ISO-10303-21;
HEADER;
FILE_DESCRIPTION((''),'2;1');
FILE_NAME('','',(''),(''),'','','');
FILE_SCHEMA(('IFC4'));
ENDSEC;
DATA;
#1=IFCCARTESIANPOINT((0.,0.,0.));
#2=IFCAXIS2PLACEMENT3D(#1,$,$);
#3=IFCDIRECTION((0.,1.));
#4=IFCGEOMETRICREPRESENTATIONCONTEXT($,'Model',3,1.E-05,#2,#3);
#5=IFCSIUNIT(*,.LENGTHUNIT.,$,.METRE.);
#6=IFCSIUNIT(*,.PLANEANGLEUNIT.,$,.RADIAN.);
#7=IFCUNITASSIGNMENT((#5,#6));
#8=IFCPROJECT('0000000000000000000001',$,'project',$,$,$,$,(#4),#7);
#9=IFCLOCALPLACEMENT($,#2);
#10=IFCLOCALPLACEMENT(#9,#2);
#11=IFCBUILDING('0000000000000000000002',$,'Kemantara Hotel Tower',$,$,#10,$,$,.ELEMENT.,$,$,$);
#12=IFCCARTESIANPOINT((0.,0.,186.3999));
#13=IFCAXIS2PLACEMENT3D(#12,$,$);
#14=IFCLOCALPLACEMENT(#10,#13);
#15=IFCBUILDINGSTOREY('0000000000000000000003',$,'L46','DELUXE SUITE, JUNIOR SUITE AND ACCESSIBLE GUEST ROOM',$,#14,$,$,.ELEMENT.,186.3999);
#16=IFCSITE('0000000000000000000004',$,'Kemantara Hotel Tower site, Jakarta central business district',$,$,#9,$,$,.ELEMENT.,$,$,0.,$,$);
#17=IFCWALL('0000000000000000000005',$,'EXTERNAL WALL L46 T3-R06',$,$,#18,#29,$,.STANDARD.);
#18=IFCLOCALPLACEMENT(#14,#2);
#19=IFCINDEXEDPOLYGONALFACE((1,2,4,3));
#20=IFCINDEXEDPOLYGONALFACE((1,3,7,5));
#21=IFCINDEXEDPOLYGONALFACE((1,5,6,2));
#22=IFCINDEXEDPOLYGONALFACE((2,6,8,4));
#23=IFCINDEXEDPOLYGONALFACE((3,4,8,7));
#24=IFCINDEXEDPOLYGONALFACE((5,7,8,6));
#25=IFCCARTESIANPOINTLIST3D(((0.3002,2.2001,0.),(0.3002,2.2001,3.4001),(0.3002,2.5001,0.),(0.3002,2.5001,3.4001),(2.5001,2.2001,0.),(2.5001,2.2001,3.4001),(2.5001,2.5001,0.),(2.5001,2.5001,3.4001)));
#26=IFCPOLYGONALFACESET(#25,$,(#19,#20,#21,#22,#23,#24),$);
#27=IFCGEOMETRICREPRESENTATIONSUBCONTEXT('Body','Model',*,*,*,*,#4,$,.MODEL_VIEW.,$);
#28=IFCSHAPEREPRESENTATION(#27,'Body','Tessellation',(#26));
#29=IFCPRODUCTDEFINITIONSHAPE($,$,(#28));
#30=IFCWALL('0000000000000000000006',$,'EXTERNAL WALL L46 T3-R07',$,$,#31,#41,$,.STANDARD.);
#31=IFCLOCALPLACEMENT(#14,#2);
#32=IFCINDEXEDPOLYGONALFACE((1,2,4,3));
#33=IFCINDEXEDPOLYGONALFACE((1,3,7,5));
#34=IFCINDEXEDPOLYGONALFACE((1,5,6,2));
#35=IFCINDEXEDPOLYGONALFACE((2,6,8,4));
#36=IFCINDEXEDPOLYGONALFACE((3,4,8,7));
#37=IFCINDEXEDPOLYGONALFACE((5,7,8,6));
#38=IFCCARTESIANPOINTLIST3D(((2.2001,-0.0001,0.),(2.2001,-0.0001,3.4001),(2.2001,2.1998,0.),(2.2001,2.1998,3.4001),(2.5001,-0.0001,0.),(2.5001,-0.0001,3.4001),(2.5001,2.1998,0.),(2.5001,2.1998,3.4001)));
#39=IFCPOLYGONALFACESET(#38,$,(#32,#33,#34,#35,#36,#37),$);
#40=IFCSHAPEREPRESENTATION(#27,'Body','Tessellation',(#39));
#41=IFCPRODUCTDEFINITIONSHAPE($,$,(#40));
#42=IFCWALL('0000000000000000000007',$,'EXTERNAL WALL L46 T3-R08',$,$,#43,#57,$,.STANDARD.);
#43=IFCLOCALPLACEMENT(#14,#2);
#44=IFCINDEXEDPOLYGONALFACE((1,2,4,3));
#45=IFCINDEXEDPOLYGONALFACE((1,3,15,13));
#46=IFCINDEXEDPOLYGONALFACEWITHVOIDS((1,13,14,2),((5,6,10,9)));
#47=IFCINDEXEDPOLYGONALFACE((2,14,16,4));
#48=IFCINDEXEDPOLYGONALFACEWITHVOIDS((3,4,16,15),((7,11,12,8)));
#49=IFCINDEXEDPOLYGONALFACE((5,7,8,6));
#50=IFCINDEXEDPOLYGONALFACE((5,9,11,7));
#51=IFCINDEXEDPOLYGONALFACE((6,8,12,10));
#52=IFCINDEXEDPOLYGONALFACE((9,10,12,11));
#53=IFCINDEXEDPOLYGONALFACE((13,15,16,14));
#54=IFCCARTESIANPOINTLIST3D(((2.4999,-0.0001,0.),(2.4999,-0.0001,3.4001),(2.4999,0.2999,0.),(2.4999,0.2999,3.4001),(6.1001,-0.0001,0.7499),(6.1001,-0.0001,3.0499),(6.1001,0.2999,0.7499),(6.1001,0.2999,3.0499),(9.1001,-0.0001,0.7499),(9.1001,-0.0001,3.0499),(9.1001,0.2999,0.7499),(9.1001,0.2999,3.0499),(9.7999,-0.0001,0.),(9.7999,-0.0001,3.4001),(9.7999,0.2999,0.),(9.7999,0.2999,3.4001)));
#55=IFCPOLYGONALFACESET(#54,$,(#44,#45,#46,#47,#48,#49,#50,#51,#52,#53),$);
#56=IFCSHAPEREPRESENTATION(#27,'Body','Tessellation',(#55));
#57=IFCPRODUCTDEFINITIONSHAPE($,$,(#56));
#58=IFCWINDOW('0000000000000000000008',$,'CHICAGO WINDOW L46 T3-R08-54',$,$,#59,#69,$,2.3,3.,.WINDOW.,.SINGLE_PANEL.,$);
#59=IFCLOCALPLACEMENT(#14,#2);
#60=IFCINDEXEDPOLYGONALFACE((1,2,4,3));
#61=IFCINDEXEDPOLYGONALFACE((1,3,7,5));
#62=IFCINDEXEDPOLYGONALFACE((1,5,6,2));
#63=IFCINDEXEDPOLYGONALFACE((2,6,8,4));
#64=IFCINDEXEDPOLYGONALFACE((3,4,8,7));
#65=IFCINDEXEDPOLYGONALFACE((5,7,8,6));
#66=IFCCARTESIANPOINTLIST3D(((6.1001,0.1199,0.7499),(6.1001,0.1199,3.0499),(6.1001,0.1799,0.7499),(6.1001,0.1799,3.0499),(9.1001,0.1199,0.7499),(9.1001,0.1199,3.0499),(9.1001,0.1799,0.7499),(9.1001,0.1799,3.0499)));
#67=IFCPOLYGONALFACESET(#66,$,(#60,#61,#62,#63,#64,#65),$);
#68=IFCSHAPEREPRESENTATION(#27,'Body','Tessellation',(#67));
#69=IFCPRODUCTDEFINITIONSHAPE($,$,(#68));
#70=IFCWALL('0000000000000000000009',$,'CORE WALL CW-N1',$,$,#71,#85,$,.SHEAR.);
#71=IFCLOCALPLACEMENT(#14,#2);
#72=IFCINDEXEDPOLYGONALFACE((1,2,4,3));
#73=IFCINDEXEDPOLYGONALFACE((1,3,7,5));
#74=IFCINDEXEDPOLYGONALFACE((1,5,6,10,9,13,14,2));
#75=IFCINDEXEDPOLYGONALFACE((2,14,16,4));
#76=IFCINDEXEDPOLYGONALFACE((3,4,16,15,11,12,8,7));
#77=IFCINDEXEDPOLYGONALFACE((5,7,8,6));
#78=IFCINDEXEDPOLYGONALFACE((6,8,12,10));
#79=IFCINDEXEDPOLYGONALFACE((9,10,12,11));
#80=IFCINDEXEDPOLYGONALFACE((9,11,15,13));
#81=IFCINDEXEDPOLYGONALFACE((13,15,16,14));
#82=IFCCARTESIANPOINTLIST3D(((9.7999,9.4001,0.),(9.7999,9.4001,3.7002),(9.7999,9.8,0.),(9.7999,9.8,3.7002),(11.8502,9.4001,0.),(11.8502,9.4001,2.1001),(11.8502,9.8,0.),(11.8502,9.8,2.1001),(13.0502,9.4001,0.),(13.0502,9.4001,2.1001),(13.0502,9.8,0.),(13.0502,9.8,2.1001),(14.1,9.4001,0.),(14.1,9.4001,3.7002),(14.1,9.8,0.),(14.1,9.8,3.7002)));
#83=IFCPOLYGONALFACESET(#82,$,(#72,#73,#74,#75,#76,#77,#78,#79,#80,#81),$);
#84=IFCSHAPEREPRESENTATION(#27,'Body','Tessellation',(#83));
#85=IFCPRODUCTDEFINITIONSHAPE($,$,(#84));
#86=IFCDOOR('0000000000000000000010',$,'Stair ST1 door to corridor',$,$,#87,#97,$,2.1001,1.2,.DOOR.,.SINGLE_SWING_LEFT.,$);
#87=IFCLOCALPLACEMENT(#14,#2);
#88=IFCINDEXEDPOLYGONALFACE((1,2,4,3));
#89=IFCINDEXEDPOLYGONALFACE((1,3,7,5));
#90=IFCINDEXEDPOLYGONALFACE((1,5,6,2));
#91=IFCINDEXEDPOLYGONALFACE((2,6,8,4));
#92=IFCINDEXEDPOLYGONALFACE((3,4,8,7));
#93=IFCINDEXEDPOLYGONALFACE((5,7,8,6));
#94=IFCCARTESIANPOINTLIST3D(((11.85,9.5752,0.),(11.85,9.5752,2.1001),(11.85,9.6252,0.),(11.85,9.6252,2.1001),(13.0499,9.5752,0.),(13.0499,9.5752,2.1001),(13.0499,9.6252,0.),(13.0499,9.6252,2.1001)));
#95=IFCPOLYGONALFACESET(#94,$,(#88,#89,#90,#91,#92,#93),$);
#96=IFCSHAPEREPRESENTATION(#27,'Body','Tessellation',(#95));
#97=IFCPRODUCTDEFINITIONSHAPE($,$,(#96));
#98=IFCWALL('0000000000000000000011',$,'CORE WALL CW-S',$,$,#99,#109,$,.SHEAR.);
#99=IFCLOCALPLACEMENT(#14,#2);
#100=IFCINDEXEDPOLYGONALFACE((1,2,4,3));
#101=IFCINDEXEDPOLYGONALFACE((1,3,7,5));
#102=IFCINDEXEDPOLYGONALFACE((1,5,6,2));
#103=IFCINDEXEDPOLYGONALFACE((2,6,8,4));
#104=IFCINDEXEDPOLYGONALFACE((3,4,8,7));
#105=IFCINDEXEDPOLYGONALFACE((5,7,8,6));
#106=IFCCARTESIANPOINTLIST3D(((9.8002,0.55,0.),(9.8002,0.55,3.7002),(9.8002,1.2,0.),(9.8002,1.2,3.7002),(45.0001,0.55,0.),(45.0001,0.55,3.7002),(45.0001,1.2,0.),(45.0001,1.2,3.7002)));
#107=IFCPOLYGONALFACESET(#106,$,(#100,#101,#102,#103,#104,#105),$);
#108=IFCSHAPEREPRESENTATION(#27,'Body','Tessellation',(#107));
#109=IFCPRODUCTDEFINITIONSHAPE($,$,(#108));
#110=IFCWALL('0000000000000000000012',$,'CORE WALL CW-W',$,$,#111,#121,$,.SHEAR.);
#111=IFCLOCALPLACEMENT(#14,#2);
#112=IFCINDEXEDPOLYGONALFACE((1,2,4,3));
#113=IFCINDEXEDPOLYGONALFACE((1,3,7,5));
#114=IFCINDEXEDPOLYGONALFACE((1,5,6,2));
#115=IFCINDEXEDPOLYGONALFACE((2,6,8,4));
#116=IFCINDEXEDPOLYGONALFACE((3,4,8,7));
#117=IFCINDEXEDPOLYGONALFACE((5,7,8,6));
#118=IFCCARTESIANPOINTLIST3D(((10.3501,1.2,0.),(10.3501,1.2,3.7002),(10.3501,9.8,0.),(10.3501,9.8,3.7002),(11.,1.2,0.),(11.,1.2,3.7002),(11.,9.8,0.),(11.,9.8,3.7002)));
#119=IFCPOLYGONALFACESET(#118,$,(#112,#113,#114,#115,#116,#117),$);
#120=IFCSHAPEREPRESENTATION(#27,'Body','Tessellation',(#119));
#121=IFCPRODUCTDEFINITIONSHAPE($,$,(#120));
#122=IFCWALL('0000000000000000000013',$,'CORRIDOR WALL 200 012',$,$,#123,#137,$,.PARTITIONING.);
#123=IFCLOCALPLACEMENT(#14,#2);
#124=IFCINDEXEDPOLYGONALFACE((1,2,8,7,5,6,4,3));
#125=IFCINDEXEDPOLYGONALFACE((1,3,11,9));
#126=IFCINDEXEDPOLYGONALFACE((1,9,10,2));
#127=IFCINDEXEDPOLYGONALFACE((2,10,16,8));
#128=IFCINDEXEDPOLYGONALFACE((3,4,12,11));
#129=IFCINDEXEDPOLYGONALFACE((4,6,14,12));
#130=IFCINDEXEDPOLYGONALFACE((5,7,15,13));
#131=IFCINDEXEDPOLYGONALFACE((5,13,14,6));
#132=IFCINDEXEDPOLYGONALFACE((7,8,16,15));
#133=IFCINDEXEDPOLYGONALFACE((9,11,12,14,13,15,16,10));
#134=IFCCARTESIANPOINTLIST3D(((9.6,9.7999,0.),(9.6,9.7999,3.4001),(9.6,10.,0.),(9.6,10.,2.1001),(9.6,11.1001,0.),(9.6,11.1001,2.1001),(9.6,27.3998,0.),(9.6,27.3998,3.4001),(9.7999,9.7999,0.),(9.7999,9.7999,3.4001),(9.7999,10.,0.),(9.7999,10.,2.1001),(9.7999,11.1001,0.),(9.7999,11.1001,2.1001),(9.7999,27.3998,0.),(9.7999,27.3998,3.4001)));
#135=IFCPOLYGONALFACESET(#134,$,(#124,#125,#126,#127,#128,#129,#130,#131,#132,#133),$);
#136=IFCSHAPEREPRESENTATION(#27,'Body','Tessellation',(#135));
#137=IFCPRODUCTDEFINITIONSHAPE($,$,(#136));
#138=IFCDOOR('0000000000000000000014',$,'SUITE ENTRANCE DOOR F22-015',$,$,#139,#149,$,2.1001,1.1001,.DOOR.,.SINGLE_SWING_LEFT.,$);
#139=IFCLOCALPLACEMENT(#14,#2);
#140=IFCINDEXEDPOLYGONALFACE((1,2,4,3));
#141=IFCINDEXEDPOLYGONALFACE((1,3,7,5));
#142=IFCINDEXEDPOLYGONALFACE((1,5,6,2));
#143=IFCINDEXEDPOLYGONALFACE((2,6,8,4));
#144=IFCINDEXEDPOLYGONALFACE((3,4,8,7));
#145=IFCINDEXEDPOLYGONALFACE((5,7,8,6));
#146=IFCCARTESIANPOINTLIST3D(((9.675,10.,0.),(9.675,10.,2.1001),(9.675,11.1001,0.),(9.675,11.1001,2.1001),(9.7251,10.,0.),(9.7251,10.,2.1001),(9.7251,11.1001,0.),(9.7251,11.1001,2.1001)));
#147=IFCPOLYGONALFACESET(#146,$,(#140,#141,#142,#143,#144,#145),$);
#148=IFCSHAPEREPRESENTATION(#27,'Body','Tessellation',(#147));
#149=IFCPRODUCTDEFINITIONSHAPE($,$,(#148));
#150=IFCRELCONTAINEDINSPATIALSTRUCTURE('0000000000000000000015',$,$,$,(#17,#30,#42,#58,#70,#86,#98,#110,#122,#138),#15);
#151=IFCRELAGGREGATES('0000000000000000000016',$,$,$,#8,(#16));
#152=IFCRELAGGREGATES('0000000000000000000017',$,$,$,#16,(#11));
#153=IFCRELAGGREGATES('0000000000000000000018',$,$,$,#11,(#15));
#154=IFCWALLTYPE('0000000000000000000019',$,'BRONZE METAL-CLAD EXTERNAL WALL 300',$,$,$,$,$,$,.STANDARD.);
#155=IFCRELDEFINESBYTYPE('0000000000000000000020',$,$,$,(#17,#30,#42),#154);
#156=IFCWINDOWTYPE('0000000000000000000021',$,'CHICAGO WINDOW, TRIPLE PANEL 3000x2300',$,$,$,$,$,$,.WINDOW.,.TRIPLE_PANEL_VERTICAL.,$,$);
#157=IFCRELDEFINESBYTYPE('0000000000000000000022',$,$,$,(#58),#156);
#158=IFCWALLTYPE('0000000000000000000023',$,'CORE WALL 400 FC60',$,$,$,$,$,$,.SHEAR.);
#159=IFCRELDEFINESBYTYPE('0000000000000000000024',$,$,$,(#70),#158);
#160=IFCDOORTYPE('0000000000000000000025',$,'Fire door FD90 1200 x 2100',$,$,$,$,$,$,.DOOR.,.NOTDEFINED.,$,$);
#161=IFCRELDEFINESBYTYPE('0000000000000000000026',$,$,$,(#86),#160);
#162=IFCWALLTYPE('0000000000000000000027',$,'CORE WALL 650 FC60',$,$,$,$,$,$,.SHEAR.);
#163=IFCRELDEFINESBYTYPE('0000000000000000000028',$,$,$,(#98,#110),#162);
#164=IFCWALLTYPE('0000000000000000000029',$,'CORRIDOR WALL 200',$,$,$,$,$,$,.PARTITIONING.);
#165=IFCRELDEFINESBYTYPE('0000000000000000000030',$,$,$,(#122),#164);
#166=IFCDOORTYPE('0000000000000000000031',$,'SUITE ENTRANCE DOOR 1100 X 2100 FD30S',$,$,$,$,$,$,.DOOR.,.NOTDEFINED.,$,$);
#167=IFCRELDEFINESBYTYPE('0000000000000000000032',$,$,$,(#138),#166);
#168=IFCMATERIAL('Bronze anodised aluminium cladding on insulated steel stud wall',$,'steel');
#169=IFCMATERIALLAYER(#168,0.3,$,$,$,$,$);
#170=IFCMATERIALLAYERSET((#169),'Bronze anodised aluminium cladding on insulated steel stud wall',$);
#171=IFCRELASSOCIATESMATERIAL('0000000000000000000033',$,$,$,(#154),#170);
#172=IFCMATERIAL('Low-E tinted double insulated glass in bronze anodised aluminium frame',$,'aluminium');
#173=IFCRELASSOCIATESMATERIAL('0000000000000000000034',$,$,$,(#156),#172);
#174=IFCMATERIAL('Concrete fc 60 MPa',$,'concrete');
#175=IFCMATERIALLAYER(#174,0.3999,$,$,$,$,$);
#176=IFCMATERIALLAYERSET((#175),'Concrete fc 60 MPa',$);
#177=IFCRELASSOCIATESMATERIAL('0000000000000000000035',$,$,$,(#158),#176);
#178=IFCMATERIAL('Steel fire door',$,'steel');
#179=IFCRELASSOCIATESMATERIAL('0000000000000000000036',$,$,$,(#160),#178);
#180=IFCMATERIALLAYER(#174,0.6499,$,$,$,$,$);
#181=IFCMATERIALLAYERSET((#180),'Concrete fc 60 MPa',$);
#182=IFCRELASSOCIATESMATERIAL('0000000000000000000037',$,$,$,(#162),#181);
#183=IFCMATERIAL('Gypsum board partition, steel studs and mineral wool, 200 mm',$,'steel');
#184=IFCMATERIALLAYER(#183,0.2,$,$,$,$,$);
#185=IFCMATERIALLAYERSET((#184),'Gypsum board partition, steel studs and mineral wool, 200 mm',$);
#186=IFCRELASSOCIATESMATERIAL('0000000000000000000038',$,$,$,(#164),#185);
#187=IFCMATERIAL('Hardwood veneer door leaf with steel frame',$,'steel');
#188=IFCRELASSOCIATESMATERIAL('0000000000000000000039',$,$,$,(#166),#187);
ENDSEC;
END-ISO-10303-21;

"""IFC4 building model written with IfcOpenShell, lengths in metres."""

from ifc_helpers import new_model, si_unit, direction, frame, frame_2d, origin, place, context, subcontext, project, spatial, rectangle, extrude, material, layer, layer_set, type_object, element, fill, save


model = new_model("IFC4")

# Units and contexts
model_context = context("Model", 3, precision=1e-05, world=origin(), true_north=direction((0.0, 1.0)))
body_context = subcontext(model_context, "Body", "Model", "MODEL_VIEW")
ifc_project = project(units=[si_unit("LENGTHUNIT", "METRE"), si_unit("PLANEANGLEUNIT", "RADIAN")], contexts=[model_context])

# Site, building, storey
site_placement = place(None, origin())
site = spatial("IfcSite", under=ifc_project, at=site_placement, Name="Kemantara Hotel Tower site, Jakarta central business district", CompositionType="ELEMENT", RefElevation=0.0)
building_placement = place(site_placement, origin())
building = spatial("IfcBuilding", under=site, at=building_placement, Name="Kemantara Hotel Tower", CompositionType="ELEMENT")
storey_placement = place(building_placement, frame((0.0, 0.0, 186.3999)))
storey = spatial("IfcBuildingStorey", under=building, at=storey_placement, Name="L46", Description="DELUXE SUITE, JUNIOR SUITE AND ACCESSIBLE GUEST ROOM", CompositionType="ELEMENT", Elevation=186.3999)

# Shared definitions
ifc_material_1 = material(Name="Concrete fc 60 MPa", Category="concrete")

# Walls
ifc_material_2 = material(Name="Bronze anodised aluminium cladding on insulated steel stud wall", Category="steel")
ifc_layer_1 = layer(ifc_material_2, 0.3)
ifc_layer_set_1 = layer_set([ifc_layer_1], Name="Bronze anodised aluminium cladding on insulated steel stud wall")
wall_type_1 = type_object("IfcWallType", Name="BRONZE METAL-CLAD EXTERNAL WALL 300", PredefinedType="STANDARD", material=ifc_layer_set_1)
for number, where, z_axis, x_axis, name in (
    (1, (0.3, 2.3501, 0.0), (0.0, 0.0, 1.0), (1.0, 0.0, 0.0), "EXTERNAL WALL L46 T3-R06"),
    (2, (2.3501, 2.2, 0.0), (0.0, 0.0, 1.0), (0.0, -1.0, 0.0), "EXTERNAL WALL L46 T3-R07"),
):
    element("IfcWall", number, at=place(storey_placement, frame(where, z_axis=z_axis, x_axis=x_axis)), inside=storey, type_object=wall_type_1, Name=name, PredefinedType="STANDARD", context=body_context, shape_type="SweptSolid", body=[
        extrude(rectangle(XDim=2.2, YDim=0.3, at=frame_2d((1.1001, 0.0))), origin(), (0.0, 0.0, 1.0), 3.4001),
    ])

# Wall, opening, window
wall_1_placement = place(storey_placement, frame((2.5, 0.1499, 0.0), z_axis=(0.0, 0.0, 1.0), x_axis=(1.0, 0.0, 0.0)))
wall_1 = element("IfcWall", 3, at=wall_1_placement, inside=storey, type_object=wall_type_1, Name="EXTERNAL WALL L46 T3-R08", PredefinedType="STANDARD", context=body_context, shape_type="SweptSolid", body=[
    extrude(rectangle(XDim=7.3, YDim=0.3, at=frame_2d((3.6499, 0.0))), origin(), (0.0, 0.0, 1.0), 3.4001),
])
opening_1_placement = place(wall_1_placement, frame((3.6001, 0.0, 0.75)))
opening_1 = element("IfcOpeningElement", 4, at=opening_1_placement, cuts=wall_1, PredefinedType="OPENING", context=body_context, shape_type="SweptSolid", body=[
    extrude(rectangle(XDim=3.0, YDim=2.3, at=frame_2d((1.5, 1.1499))), frame((0.0, 0.1599, 0.0), z_axis=(0.0, -1.0, 0.0), x_axis=(1.0, 0.0, 0.0)), (0.0, 0.0, 1.0), 0.3201),
])
ifc_material_3 = material(Name="Low-E tinted double insulated glass in bronze anodised aluminium frame", Category="aluminium")
window_type = type_object("IfcWindowType", Name="CHICAGO WINDOW, TRIPLE PANEL 3000x2300", PartitioningType="TRIPLE_PANEL_VERTICAL", PredefinedType="WINDOW", material=ifc_material_3)
window_placement = place(opening_1_placement, origin())
window = element("IfcWindow", 5, at=window_placement, inside=storey, type_object=window_type, Name="CHICAGO WINDOW L46 T3-R08-54", OverallHeight=2.3, OverallWidth=3.0, PartitioningType="SINGLE_PANEL", PredefinedType="WINDOW", context=body_context, shape_type="SweptSolid", body=[
    extrude(rectangle(XDim=3.0, YDim=2.3, at=frame_2d((1.5, 1.1499))), frame((0.0, 0.03, 0.0), z_axis=(0.0, -1.0, 0.0), x_axis=(1.0, 0.0, 0.0)), (0.0, 0.0, 1.0), 0.0601),
])
fill(opening_1, window)

# Wall, opening, door
ifc_layer_2 = layer(ifc_material_1, 0.3999)
ifc_layer_set_2 = layer_set([ifc_layer_2], Name="Concrete fc 60 MPa")
wall_type_2 = type_object("IfcWallType", Name="CORE WALL 400 FC60", PredefinedType="SHEAR", material=ifc_layer_set_2)
wall_2_placement = place(storey_placement, frame((9.8, 9.6001, 0.0), z_axis=(0.0, 0.0, 1.0), x_axis=(1.0, 0.0, 0.0)))
wall_2 = element("IfcWall", 6, at=wall_2_placement, inside=storey, type_object=wall_type_2, Name="CORE WALL CW-N1", PredefinedType="SHEAR", context=body_context, shape_type="SweptSolid", body=[
    extrude(rectangle(XDim=4.3, YDim=0.3999, at=frame_2d((2.1499, 0.0))), origin(), (0.0, 0.0, 1.0), 3.7002),
])
opening_2_placement = place(wall_2_placement, frame((2.05, 0.0, 0.0)))
opening_2 = element("IfcOpeningElement", 7, at=opening_2_placement, cuts=wall_2, PredefinedType="OPENING", context=body_context, shape_type="SweptSolid", body=[
    extrude(rectangle(XDim=1.2, YDim=2.1001, at=frame_2d((0.6001, 1.05))), frame((0.0, 0.21, 0.0), z_axis=(0.0, -1.0, 0.0), x_axis=(1.0, 0.0, 0.0)), (0.0, 0.0, 1.0), 0.4199),
])
ifc_material_4 = material(Name="Steel fire door", Category="steel")
door_type_1 = type_object("IfcDoorType", Name="Fire door FD90 1200 x 2100", OperationType="NOTDEFINED", PredefinedType="DOOR", material=ifc_material_4)
door_1_placement = place(opening_2_placement, frame((1.2, 0.0, 0.0), z_axis=(0.0, 0.0, 1.0), x_axis=(-1.0, 0.0, 0.0)))
door_1 = element("IfcDoor", 8, at=door_1_placement, inside=storey, type_object=door_type_1, Name="Stair ST1 door to corridor", OperationType="SINGLE_SWING_LEFT", OverallHeight=2.1001, OverallWidth=1.2, PredefinedType="DOOR", context=body_context, shape_type="SweptSolid", body=[
    extrude(rectangle(XDim=1.2, YDim=2.1001, at=frame_2d((0.6001, 1.05))), frame((0.0, 0.0249, 0.0), z_axis=(0.0, -1.0, 0.0), x_axis=(1.0, 0.0, 0.0)), (0.0, 0.0, 1.0), 0.05),
])
fill(opening_2, door_1)

# Walls
ifc_layer_3 = layer(ifc_material_1, 0.6499)
ifc_layer_set_3 = layer_set([ifc_layer_3], Name="Concrete fc 60 MPa")
wall_type_3 = type_object("IfcWallType", Name="CORE WALL 650 FC60", PredefinedType="SHEAR", material=ifc_layer_set_3)
wall_3_placement = place(storey_placement, frame((9.8, 0.875, 0.0), z_axis=(0.0, 0.0, 1.0), x_axis=(1.0, 0.0, 0.0)))
element("IfcWall", 9, at=wall_3_placement, inside=storey, type_object=wall_type_3, Name="CORE WALL CW-S", PredefinedType="SHEAR", context=body_context, shape_type="SweptSolid", body=[
    extrude(rectangle(XDim=35.2, YDim=0.6499, at=frame_2d((17.6001, 0.0))), origin(), (0.0, 0.0, 1.0), 3.7002),
])
wall_4_placement = place(storey_placement, frame((10.675, 1.2, 0.0), z_axis=(0.0, 0.0, 1.0), x_axis=(0.0, 1.0, 0.0)))
element("IfcWall", 10, at=wall_4_placement, inside=storey, type_object=wall_type_3, Name="CORE WALL CW-W", PredefinedType="SHEAR", context=body_context, shape_type="SweptSolid", body=[
    extrude(rectangle(XDim=8.6001, YDim=0.6499, at=frame_2d((4.3, 0.0))), origin(), (0.0, 0.0, 1.0), 3.7002),
])

# Wall, opening, door
ifc_material_5 = material(Name="Gypsum board partition, steel studs and mineral wool, 200 mm", Category="steel")
ifc_layer_4 = layer(ifc_material_5, 0.2)
ifc_layer_set_4 = layer_set([ifc_layer_4], Name="Gypsum board partition, steel studs and mineral wool, 200 mm")
wall_type_4 = type_object("IfcWallType", Name="CORRIDOR WALL 200", PredefinedType="PARTITIONING", material=ifc_layer_set_4)
wall_5_placement = place(storey_placement, frame((9.7, 9.8, 0.0), z_axis=(0.0, 0.0, 1.0), x_axis=(0.0, 1.0, 0.0)))
wall_5 = element("IfcWall", 11, at=wall_5_placement, inside=storey, type_object=wall_type_4, Name="CORRIDOR WALL 200 012", PredefinedType="PARTITIONING", context=body_context, shape_type="SweptSolid", body=[
    extrude(rectangle(XDim=17.5999, YDim=0.2, at=frame_2d((8.7998, 0.0))), origin(), (0.0, 0.0, 1.0), 3.4001),
])
opening_3_placement = place(wall_5_placement, frame((0.2, 0.0, 0.0)))
opening_3 = element("IfcOpeningElement", 12, at=opening_3_placement, cuts=wall_5, PredefinedType="OPENING", context=body_context, shape_type="SweptSolid", body=[
    extrude(rectangle(XDim=1.1001, YDim=2.1001, at=frame_2d((0.55, 1.05))), frame((0.0, 0.1099, 0.0), z_axis=(0.0, -1.0, 0.0), x_axis=(1.0, 0.0, 0.0)), (0.0, 0.0, 1.0), 0.22),
])
ifc_material_6 = material(Name="Hardwood veneer door leaf with steel frame", Category="steel")
door_type_2 = type_object("IfcDoorType", Name="SUITE ENTRANCE DOOR 1100 X 2100 FD30S", OperationType="NOTDEFINED", PredefinedType="DOOR", material=ifc_material_6)
door_2_placement = place(opening_3_placement, origin())
door_2 = element("IfcDoor", 13, at=door_2_placement, inside=storey, type_object=door_type_2, Name="SUITE ENTRANCE DOOR F22-015", OperationType="SINGLE_SWING_LEFT", OverallHeight=2.1001, OverallWidth=1.1001, PredefinedType="DOOR", context=body_context, shape_type="SweptSolid", body=[
    extrude(rectangle(XDim=1.1001, YDim=2.1001, at=frame_2d((0.55, 1.05))), frame((0.0, 0.0249, 0.0), z_axis=(0.0, -1.0, 0.0), x_axis=(1.0, 0.0, 0.0)), (0.0, 0.0, 1.0), 0.05),
])
fill(opening_3, door_2)

save(model, "model.ifc")
